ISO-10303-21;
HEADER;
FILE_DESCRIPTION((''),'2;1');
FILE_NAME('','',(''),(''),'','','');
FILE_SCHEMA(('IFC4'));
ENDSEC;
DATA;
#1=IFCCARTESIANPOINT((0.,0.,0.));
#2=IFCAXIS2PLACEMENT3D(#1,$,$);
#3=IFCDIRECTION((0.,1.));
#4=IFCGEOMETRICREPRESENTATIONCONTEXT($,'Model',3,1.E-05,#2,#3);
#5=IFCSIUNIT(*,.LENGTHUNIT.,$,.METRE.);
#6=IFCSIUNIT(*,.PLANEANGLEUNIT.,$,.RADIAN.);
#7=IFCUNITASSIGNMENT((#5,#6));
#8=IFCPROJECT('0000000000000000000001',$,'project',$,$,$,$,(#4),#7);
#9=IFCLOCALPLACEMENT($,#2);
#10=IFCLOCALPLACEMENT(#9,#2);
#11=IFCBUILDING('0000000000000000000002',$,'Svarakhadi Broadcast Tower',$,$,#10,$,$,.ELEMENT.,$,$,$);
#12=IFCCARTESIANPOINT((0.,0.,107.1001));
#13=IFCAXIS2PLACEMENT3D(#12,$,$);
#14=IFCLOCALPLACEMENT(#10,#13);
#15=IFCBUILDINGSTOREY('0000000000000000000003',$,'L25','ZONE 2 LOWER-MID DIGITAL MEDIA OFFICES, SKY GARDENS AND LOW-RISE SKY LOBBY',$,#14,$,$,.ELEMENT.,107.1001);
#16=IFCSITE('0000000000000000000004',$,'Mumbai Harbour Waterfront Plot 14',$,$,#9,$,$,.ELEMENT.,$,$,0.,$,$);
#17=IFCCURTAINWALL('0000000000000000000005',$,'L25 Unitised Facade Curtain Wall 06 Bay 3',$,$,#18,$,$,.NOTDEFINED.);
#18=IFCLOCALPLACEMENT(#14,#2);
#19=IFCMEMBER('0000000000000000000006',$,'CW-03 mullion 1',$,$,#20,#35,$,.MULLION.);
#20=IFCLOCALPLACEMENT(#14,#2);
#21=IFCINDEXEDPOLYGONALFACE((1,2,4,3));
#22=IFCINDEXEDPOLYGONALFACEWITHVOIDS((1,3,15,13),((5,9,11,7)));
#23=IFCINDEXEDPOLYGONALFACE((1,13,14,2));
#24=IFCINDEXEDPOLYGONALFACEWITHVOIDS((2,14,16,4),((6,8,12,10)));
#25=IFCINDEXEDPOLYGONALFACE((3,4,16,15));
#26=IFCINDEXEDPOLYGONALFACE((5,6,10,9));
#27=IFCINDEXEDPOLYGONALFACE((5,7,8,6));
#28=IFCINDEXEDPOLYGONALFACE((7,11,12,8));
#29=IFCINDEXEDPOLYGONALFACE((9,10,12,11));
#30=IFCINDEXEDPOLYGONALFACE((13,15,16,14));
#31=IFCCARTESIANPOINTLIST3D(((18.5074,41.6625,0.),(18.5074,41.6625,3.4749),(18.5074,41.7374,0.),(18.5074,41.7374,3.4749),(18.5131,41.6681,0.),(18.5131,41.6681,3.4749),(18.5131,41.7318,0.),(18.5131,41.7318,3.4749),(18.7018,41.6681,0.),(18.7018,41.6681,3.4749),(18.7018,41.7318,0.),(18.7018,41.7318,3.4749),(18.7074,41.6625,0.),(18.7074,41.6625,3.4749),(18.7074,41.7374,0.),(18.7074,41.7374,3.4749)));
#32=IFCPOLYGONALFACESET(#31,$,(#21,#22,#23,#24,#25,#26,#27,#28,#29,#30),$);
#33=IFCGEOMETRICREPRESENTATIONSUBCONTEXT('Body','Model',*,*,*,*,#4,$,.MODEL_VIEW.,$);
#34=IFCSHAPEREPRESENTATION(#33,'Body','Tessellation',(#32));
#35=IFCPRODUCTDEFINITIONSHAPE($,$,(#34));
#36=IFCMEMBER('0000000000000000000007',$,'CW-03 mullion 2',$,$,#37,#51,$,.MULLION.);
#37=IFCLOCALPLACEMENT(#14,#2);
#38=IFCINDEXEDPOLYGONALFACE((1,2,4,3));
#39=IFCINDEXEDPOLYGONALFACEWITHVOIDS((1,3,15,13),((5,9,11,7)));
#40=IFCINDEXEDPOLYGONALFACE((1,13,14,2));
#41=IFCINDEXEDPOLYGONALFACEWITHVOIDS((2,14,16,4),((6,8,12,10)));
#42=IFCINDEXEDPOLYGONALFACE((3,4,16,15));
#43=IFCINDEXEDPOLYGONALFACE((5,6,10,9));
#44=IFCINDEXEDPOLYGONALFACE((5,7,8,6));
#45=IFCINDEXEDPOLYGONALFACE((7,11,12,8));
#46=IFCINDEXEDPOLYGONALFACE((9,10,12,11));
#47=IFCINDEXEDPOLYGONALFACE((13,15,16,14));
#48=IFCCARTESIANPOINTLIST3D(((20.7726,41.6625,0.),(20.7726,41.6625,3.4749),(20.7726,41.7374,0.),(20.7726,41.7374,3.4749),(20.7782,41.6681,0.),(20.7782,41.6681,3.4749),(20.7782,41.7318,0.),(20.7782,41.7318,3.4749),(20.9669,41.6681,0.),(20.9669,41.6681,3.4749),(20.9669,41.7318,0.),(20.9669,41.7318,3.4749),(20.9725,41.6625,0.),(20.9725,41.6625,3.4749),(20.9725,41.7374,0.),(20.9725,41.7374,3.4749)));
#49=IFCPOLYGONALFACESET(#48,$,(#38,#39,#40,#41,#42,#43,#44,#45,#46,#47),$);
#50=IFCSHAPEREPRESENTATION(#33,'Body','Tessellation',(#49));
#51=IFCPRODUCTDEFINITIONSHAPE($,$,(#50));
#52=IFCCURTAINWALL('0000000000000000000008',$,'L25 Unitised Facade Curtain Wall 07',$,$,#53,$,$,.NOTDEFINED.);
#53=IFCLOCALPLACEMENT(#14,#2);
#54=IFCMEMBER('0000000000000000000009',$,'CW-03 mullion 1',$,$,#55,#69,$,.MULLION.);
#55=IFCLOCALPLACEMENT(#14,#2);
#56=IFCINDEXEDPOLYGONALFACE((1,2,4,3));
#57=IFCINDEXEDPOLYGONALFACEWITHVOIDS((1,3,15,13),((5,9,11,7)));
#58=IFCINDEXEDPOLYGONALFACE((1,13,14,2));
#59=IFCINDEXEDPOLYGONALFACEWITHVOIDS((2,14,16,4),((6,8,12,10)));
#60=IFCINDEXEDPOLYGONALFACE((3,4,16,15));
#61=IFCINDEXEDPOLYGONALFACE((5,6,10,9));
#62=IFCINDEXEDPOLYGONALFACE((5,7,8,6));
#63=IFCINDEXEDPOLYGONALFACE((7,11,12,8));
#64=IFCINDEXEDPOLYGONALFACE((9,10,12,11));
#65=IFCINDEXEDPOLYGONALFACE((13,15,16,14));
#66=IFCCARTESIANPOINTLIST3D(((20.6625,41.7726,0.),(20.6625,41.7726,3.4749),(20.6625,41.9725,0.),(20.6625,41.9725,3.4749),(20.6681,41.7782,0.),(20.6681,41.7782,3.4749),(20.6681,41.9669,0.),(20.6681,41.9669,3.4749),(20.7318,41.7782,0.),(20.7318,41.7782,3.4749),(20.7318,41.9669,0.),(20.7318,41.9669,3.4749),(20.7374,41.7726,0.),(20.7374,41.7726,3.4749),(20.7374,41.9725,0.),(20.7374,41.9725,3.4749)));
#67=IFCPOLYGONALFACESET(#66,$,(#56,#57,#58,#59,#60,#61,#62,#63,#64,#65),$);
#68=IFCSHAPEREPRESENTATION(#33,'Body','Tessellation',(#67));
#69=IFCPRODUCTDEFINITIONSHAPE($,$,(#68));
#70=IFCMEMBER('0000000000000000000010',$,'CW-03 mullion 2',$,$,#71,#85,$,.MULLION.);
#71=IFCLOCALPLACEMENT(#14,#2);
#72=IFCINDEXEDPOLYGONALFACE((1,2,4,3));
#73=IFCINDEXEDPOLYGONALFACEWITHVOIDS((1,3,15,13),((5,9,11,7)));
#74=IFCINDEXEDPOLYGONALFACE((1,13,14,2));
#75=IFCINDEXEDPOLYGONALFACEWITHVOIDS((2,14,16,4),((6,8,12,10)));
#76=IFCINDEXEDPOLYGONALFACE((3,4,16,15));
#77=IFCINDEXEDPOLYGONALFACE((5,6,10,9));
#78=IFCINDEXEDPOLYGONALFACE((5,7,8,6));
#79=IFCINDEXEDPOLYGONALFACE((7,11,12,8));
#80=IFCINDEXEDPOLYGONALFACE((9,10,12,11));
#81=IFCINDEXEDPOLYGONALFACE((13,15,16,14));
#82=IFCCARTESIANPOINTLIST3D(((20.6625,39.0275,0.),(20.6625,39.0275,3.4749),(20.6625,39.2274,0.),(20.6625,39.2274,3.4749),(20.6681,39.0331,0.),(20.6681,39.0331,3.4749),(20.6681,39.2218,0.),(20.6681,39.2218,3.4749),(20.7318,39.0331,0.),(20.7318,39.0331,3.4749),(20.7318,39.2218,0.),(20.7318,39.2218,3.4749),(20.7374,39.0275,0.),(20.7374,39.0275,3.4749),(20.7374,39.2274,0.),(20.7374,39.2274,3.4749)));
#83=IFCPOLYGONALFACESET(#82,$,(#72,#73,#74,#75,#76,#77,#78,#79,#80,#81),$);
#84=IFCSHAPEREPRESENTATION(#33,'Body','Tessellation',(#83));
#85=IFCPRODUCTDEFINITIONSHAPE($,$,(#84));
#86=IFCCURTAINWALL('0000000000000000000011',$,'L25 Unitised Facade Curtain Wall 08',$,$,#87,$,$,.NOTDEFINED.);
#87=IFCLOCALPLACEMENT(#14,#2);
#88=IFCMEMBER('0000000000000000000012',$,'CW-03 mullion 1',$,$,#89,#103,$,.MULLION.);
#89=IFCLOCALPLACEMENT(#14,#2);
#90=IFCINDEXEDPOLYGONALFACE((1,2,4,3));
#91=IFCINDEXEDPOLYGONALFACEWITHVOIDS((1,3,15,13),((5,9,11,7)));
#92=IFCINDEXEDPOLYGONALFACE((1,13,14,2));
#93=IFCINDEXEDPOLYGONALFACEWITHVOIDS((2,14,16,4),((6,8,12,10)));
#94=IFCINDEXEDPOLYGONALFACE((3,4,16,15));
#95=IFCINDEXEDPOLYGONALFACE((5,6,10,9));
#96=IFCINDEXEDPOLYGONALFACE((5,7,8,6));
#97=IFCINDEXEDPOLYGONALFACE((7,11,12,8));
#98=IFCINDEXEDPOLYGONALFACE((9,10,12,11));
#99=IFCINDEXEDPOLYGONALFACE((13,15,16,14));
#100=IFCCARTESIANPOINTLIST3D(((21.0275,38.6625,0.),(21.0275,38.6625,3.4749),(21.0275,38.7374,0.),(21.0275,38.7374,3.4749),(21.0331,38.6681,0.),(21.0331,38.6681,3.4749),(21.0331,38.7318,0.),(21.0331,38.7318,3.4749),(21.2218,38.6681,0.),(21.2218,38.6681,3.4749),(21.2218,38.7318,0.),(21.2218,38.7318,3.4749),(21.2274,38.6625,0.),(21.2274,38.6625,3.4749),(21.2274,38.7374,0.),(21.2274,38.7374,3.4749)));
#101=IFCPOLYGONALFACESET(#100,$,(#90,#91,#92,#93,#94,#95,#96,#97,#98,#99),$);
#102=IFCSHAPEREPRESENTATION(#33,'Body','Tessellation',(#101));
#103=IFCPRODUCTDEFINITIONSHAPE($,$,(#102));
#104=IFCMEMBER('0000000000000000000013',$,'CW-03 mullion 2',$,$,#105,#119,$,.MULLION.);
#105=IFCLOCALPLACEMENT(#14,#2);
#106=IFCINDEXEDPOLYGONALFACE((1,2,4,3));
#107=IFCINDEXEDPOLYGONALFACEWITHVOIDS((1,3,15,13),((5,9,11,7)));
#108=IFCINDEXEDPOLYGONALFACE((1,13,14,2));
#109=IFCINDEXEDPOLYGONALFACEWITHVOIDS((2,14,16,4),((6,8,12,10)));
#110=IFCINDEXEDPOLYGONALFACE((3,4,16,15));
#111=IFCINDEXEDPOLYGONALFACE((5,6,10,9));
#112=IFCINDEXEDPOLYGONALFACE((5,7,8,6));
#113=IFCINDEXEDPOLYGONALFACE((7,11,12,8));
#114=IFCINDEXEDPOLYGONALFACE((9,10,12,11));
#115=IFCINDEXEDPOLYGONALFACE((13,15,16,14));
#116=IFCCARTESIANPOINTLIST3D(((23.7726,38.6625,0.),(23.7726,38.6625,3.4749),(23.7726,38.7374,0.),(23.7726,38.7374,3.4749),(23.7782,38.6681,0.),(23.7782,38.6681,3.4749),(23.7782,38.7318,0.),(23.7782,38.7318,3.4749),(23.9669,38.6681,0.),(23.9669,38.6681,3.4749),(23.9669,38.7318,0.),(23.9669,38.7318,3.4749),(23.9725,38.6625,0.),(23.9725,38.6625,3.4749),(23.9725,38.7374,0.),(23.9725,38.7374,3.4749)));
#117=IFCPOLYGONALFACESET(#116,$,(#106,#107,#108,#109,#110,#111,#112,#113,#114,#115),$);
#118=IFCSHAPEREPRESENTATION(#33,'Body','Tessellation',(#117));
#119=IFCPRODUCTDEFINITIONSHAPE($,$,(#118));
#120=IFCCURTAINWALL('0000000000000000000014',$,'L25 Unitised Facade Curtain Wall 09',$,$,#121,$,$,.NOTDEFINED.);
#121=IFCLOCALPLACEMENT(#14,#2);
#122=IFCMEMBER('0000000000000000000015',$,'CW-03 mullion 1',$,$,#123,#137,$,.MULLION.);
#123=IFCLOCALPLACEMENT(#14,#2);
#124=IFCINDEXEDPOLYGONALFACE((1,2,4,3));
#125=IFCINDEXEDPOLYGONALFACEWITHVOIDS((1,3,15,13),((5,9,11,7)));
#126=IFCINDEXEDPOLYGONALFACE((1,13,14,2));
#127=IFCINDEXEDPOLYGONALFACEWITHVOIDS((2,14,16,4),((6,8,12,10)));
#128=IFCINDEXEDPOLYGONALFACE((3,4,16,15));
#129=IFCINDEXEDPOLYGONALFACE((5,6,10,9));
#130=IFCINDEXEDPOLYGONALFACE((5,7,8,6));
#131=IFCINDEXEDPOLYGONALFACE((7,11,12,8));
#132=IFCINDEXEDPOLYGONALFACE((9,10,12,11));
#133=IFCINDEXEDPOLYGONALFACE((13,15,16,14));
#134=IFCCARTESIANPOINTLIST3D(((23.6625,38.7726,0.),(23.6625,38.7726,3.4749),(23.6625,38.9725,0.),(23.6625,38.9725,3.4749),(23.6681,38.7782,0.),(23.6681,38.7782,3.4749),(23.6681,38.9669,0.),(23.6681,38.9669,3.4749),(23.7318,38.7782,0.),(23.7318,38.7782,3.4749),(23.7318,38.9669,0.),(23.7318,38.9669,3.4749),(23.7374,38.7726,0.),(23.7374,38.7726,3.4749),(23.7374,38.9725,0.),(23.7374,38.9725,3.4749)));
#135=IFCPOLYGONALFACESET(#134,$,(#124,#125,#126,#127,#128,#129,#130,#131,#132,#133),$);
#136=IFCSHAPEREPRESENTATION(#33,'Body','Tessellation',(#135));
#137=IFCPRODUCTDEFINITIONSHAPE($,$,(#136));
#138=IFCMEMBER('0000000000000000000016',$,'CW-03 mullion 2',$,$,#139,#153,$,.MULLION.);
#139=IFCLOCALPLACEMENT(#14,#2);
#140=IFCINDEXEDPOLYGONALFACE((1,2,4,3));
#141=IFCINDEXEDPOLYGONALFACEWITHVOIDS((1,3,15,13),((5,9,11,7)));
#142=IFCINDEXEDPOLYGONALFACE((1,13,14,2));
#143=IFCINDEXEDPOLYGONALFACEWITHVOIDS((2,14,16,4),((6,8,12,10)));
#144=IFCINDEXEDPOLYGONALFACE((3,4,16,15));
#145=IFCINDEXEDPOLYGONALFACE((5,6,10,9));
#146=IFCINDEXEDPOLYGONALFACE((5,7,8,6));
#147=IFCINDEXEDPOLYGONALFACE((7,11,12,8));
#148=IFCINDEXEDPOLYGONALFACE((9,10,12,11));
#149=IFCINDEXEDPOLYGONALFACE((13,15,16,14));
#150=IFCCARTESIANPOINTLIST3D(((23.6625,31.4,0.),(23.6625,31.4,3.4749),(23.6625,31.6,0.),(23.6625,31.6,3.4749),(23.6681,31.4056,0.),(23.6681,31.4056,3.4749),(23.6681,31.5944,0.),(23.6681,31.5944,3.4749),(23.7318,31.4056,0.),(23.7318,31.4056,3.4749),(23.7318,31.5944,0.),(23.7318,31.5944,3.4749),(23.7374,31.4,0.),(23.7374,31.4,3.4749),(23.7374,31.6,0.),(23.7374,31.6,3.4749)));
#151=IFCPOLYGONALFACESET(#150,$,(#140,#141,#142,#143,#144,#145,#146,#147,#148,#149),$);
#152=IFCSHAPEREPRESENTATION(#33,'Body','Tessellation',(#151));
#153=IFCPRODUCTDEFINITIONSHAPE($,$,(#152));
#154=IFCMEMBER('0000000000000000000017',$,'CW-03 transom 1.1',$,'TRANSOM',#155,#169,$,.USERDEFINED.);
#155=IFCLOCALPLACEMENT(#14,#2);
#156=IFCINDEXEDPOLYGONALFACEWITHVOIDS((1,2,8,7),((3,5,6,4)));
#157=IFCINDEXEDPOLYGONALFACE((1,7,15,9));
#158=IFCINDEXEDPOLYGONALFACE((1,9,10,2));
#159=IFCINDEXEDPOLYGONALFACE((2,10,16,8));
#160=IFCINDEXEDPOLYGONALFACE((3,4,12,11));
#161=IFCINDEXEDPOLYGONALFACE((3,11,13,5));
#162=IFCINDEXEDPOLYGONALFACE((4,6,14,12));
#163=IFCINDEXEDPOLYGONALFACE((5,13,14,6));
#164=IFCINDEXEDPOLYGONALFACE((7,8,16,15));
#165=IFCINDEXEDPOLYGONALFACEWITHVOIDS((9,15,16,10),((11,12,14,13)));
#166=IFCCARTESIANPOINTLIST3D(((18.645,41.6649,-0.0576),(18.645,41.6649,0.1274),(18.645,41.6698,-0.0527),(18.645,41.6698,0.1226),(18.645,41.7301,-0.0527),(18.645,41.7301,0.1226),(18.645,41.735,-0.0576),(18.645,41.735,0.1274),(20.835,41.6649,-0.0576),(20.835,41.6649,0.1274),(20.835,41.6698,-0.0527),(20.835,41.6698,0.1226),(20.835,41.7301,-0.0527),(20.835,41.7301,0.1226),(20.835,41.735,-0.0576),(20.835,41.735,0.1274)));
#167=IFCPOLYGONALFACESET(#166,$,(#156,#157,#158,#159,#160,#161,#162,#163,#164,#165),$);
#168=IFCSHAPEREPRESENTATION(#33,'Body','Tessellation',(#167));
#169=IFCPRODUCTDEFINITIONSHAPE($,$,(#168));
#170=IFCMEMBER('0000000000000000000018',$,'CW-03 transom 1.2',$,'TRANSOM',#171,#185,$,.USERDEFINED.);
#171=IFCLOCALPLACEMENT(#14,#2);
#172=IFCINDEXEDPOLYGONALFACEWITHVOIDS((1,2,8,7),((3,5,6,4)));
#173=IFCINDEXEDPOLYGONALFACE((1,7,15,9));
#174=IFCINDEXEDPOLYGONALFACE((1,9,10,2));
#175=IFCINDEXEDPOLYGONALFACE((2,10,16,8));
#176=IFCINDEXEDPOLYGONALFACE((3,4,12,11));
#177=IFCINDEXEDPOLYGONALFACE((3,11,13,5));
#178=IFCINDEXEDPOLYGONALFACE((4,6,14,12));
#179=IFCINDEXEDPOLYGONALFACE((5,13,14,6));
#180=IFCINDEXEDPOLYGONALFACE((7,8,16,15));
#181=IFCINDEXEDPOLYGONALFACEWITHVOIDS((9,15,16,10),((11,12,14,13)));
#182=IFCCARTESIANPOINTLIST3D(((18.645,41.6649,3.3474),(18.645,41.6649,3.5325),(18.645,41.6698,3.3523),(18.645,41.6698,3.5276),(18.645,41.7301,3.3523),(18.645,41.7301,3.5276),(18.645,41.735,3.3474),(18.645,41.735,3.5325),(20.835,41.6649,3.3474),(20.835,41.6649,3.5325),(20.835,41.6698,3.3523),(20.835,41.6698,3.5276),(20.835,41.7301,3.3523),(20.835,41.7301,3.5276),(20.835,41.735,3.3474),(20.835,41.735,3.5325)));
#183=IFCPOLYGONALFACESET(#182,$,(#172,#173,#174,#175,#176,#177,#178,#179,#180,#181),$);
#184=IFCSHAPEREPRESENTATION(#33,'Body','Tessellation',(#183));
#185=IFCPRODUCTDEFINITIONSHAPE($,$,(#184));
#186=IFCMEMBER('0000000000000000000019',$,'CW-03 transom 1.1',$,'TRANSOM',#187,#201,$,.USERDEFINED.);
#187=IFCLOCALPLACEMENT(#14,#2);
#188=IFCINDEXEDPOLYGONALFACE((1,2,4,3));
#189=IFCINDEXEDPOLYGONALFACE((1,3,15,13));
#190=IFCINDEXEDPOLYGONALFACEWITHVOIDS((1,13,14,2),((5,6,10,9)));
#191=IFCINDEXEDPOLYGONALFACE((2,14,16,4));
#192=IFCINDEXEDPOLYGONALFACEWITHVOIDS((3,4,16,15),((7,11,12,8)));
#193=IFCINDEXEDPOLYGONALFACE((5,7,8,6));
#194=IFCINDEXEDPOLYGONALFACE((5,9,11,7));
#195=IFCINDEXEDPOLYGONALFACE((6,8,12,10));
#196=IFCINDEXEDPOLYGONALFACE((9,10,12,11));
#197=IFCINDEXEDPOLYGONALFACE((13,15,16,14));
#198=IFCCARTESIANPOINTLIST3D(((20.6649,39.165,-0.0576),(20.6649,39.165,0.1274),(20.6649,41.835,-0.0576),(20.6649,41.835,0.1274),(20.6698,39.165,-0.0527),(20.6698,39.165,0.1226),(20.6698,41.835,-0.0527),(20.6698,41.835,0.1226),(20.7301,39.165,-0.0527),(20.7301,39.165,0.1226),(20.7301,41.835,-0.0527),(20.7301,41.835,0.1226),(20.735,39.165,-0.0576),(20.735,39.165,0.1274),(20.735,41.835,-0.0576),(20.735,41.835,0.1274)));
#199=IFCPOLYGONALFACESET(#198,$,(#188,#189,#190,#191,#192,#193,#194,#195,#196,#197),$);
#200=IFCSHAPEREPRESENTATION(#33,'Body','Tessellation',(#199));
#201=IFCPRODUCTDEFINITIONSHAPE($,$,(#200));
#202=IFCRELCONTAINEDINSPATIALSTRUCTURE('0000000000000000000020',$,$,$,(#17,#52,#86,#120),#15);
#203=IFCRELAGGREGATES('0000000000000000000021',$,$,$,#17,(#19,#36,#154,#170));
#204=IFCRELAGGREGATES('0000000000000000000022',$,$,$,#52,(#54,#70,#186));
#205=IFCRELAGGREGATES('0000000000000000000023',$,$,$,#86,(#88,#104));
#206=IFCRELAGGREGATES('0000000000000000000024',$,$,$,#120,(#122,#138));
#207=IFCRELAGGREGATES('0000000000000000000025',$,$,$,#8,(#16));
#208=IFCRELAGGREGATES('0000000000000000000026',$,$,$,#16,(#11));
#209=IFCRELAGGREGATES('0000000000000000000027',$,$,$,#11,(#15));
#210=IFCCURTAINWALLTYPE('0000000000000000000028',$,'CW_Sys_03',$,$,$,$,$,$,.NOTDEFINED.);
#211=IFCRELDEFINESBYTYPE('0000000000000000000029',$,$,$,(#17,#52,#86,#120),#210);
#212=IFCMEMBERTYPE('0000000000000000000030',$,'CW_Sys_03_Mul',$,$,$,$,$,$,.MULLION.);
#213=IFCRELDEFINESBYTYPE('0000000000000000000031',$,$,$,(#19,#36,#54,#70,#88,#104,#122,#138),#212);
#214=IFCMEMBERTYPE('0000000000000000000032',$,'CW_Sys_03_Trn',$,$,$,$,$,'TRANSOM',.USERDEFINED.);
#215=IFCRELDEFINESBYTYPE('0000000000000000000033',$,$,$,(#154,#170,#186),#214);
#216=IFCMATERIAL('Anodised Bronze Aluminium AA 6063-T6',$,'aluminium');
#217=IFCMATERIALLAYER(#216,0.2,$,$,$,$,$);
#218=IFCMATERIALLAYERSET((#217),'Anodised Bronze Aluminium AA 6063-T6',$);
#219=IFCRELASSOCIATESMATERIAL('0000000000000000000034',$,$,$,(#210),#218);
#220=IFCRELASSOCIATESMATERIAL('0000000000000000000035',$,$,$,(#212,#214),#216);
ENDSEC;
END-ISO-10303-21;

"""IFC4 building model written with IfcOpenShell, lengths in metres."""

from ifc_helpers import new_model, si_unit, direction, frame, origin, origin_2d, place, context, subcontext, project, spatial, hollow_rectangle, extrude, material, layer, layer_set, material_profile, profile_set, type_object, element, aggregate, save


model = new_model("IFC4")

# Units and contexts
model_context = context("Model", 3, precision=1e-05, world=origin(), true_north=direction((0.0, 1.0)))
body_context = subcontext(model_context, "Body", "Model", "MODEL_VIEW")
ifc_project = project(units=[si_unit("LENGTHUNIT", "METRE"), si_unit("PLANEANGLEUNIT", "RADIAN")], contexts=[model_context])

# Site, building, storey
site_placement = place(None, origin())
site = spatial("IfcSite", under=ifc_project, at=site_placement, Name="Mumbai Harbour Waterfront Plot 14", CompositionType="ELEMENT", RefElevation=0.0)
building_placement = place(site_placement, origin())
building = spatial("IfcBuilding", under=site, at=building_placement, Name="Svarakhadi Broadcast Tower", CompositionType="ELEMENT")
storey_placement = place(building_placement, frame((0.0, 0.0, 107.1001)))
storey = spatial("IfcBuildingStorey", under=building, at=storey_placement, Name="L25", Description="ZONE 2 LOWER-MID DIGITAL MEDIA OFFICES, SKY GARDENS AND LOW-RISE SKY LOBBY", CompositionType="ELEMENT", Elevation=107.1001)

# Curtain walls, members
ifc_material_1 = material(Name="Anodised Bronze Aluminium AA 6063-T6", Category="aluminium")
ifc_layer_1 = layer(ifc_material_1, 0.2)
ifc_layer_set_1 = layer_set([ifc_layer_1], Name="Anodised Bronze Aluminium AA 6063-T6")
curtain_wall_type = type_object("IfcCurtainWallType", Name="CW_Sys_03", PredefinedType="NOTDEFINED", material=ifc_layer_set_1)
curtain_wall_1_placement = place(storey_placement, origin())
curtain_wall_1 = element("IfcCurtainWall", 1, at=curtain_wall_1_placement, inside=storey, type_object=curtain_wall_type, Name="L25 Unitised Facade Curtain Wall 06 Bay 3", PredefinedType="NOTDEFINED")
ifc_material_profile_1 = material_profile(ifc_material_1, hollow_rectangle(XDim=0.075, YDim=0.2, WallThickness=0.0056, at=origin_2d()), Name="ALU MULLION 200x75x6")
ifc_profile_set_1 = profile_set([ifc_material_profile_1], Name="Anodised Bronze Aluminium AA 6063-T6")
member_type_1 = type_object("IfcMemberType", Name="CW_Sys_03_Mul", PredefinedType="MULLION", material=ifc_profile_set_1)
member_1_placement = place(storey_placement, frame((18.6074, 41.7, 0.0), z_axis=(0.0, 0.0, 1.0), x_axis=(0.0, 1.0, 0.0)))
member_1 = element("IfcMember", 2, at=member_1_placement, type_object=member_type_1, Name="CW-03 mullion 1", PredefinedType="MULLION", context=body_context, shape_type="SweptSolid", body=[
    extrude(hollow_rectangle(XDim=0.075, YDim=0.2, WallThickness=0.0056, at=origin_2d()), origin(), (0.0, 0.0, 1.0), 3.4749),
])
member_2_placement = place(storey_placement, frame((20.8726, 41.7, 0.0), z_axis=(0.0, 0.0, 1.0), x_axis=(0.0, 1.0, 0.0)))
member_2 = element("IfcMember", 3, at=member_2_placement, type_object=member_type_1, Name="CW-03 mullion 2", PredefinedType="MULLION", context=body_context, shape_type="SweptSolid", body=[
    extrude(hollow_rectangle(XDim=0.075, YDim=0.2, WallThickness=0.0056, at=origin_2d()), origin(), (0.0, 0.0, 1.0), 3.4749),
])
curtain_wall_2_placement = place(storey_placement, origin())
curtain_wall_2 = element("IfcCurtainWall", 4, at=curtain_wall_2_placement, inside=storey, type_object=curtain_wall_type, Name="L25 Unitised Facade Curtain Wall 07", PredefinedType="NOTDEFINED")
member_3_placement = place(storey_placement, frame((20.7, 41.8726, 0.0), z_axis=(0.0, 0.0, 1.0), x_axis=(1.0, 0.0, 0.0)))
member_3 = element("IfcMember", 5, at=member_3_placement, type_object=member_type_1, Name="CW-03 mullion 1", PredefinedType="MULLION", context=body_context, shape_type="SweptSolid", body=[
    extrude(hollow_rectangle(XDim=0.075, YDim=0.2, WallThickness=0.0056, at=origin_2d()), origin(), (0.0, 0.0, 1.0), 3.4749),
])
member_4_placement = place(storey_placement, frame((20.7, 39.1274, 0.0), z_axis=(0.0, 0.0, 1.0), x_axis=(1.0, 0.0, 0.0)))
member_4 = element("IfcMember", 6, at=member_4_placement, type_object=member_type_1, Name="CW-03 mullion 2", PredefinedType="MULLION", context=body_context, shape_type="SweptSolid", body=[
    extrude(hollow_rectangle(XDim=0.075, YDim=0.2, WallThickness=0.0056, at=origin_2d()), origin(), (0.0, 0.0, 1.0), 3.4749),
])
curtain_wall_3_placement = place(storey_placement, origin())
curtain_wall_3 = element("IfcCurtainWall", 7, at=curtain_wall_3_placement, inside=storey, type_object=curtain_wall_type, Name="L25 Unitised Facade Curtain Wall 08", PredefinedType="NOTDEFINED")
member_5_placement = place(storey_placement, frame((21.1274, 38.7, 0.0), z_axis=(0.0, 0.0, 1.0), x_axis=(0.0, 1.0, 0.0)))
member_5 = element("IfcMember", 8, at=member_5_placement, type_object=member_type_1, Name="CW-03 mullion 1", PredefinedType="MULLION", context=body_context, shape_type="SweptSolid", body=[
    extrude(hollow_rectangle(XDim=0.075, YDim=0.2, WallThickness=0.0056, at=origin_2d()), origin(), (0.0, 0.0, 1.0), 3.4749),
])
member_6_placement = place(storey_placement, frame((23.8726, 38.7, 0.0), z_axis=(0.0, 0.0, 1.0), x_axis=(0.0, 1.0, 0.0)))
member_6 = element("IfcMember", 9, at=member_6_placement, type_object=member_type_1, Name="CW-03 mullion 2", PredefinedType="MULLION", context=body_context, shape_type="SweptSolid", body=[
    extrude(hollow_rectangle(XDim=0.075, YDim=0.2, WallThickness=0.0056, at=origin_2d()), origin(), (0.0, 0.0, 1.0), 3.4749),
])
curtain_wall_4_placement = place(storey_placement, origin())
curtain_wall_4 = element("IfcCurtainWall", 10, at=curtain_wall_4_placement, inside=storey, type_object=curtain_wall_type, Name="L25 Unitised Facade Curtain Wall 09", PredefinedType="NOTDEFINED")
member_7_placement = place(storey_placement, frame((23.7, 38.8726, 0.0), z_axis=(0.0, 0.0, 1.0), x_axis=(1.0, 0.0, 0.0)))
member_7 = element("IfcMember", 11, at=member_7_placement, type_object=member_type_1, Name="CW-03 mullion 1", PredefinedType="MULLION", context=body_context, shape_type="SweptSolid", body=[
    extrude(hollow_rectangle(XDim=0.075, YDim=0.2, WallThickness=0.0056, at=origin_2d()), origin(), (0.0, 0.0, 1.0), 3.4749),
])
member_8_placement = place(storey_placement, frame((23.7, 31.5, 0.0), z_axis=(0.0, 0.0, 1.0), x_axis=(1.0, 0.0, 0.0)))
member_8 = element("IfcMember", 12, at=member_8_placement, type_object=member_type_1, Name="CW-03 mullion 2", PredefinedType="MULLION", context=body_context, shape_type="SweptSolid", body=[
    extrude(hollow_rectangle(XDim=0.075, YDim=0.2, WallThickness=0.0056, at=origin_2d()), origin(), (0.0, 0.0, 1.0), 3.4749),
])

# Members
ifc_material_profile_2 = material_profile(ifc_material_1, hollow_rectangle(XDim=0.0701, YDim=0.1851, WallThickness=0.0049, at=origin_2d()), Name="ALU TRANSOM 185x70x5")
ifc_profile_set_2 = profile_set([ifc_material_profile_2], Name="Anodised Bronze Aluminium AA 6063-T6")
member_type_2 = type_object("IfcMemberType", Name="CW_Sys_03_Trn", ElementType="TRANSOM", PredefinedType="USERDEFINED", material=ifc_profile_set_2)
member_9_placement = place(storey_placement, frame((18.645, 41.7, 0.0349), z_axis=(1.0, 0.0, 0.0), x_axis=(0.0, 1.0, 0.0)))
member_9 = element("IfcMember", 13, at=member_9_placement, type_object=member_type_2, Name="CW-03 transom 1.1", ObjectType="TRANSOM", PredefinedType="USERDEFINED", context=body_context, shape_type="SweptSolid", body=[
    extrude(hollow_rectangle(XDim=0.0701, YDim=0.1851, WallThickness=0.0049, at=origin_2d()), origin(), (0.0, 0.0, 1.0), 2.1899),
])
member_10_placement = place(storey_placement, frame((18.645, 41.7, 3.4399), z_axis=(1.0, 0.0, 0.0), x_axis=(0.0, 1.0, 0.0)))
member_10 = element("IfcMember", 14, at=member_10_placement, type_object=member_type_2, Name="CW-03 transom 1.2", ObjectType="TRANSOM", PredefinedType="USERDEFINED", context=body_context, shape_type="SweptSolid", body=[
    extrude(hollow_rectangle(XDim=0.0701, YDim=0.1851, WallThickness=0.0049, at=origin_2d()), origin(), (0.0, 0.0, 1.0), 2.1899),
])
member_11_placement = place(storey_placement, frame((20.7, 41.835, 0.0349), z_axis=(0.0, -1.0, 0.0), x_axis=(1.0, 0.0, 0.0)))
member_11 = element("IfcMember", 15, at=member_11_placement, type_object=member_type_2, Name="CW-03 transom 1.1", ObjectType="TRANSOM", PredefinedType="USERDEFINED", context=body_context, shape_type="SweptSolid", body=[
    extrude(hollow_rectangle(XDim=0.0701, YDim=0.1851, WallThickness=0.0049, at=origin_2d()), origin(), (0.0, 0.0, 1.0), 2.6699),
])

aggregate(curtain_wall_1, [member_1, member_2, member_9, member_10])
aggregate(curtain_wall_2, [member_3, member_4, member_11])
aggregate(curtain_wall_3, [member_5, member_6])
aggregate(curtain_wall_4, [member_7, member_8])

save(model, "model.ifc")
